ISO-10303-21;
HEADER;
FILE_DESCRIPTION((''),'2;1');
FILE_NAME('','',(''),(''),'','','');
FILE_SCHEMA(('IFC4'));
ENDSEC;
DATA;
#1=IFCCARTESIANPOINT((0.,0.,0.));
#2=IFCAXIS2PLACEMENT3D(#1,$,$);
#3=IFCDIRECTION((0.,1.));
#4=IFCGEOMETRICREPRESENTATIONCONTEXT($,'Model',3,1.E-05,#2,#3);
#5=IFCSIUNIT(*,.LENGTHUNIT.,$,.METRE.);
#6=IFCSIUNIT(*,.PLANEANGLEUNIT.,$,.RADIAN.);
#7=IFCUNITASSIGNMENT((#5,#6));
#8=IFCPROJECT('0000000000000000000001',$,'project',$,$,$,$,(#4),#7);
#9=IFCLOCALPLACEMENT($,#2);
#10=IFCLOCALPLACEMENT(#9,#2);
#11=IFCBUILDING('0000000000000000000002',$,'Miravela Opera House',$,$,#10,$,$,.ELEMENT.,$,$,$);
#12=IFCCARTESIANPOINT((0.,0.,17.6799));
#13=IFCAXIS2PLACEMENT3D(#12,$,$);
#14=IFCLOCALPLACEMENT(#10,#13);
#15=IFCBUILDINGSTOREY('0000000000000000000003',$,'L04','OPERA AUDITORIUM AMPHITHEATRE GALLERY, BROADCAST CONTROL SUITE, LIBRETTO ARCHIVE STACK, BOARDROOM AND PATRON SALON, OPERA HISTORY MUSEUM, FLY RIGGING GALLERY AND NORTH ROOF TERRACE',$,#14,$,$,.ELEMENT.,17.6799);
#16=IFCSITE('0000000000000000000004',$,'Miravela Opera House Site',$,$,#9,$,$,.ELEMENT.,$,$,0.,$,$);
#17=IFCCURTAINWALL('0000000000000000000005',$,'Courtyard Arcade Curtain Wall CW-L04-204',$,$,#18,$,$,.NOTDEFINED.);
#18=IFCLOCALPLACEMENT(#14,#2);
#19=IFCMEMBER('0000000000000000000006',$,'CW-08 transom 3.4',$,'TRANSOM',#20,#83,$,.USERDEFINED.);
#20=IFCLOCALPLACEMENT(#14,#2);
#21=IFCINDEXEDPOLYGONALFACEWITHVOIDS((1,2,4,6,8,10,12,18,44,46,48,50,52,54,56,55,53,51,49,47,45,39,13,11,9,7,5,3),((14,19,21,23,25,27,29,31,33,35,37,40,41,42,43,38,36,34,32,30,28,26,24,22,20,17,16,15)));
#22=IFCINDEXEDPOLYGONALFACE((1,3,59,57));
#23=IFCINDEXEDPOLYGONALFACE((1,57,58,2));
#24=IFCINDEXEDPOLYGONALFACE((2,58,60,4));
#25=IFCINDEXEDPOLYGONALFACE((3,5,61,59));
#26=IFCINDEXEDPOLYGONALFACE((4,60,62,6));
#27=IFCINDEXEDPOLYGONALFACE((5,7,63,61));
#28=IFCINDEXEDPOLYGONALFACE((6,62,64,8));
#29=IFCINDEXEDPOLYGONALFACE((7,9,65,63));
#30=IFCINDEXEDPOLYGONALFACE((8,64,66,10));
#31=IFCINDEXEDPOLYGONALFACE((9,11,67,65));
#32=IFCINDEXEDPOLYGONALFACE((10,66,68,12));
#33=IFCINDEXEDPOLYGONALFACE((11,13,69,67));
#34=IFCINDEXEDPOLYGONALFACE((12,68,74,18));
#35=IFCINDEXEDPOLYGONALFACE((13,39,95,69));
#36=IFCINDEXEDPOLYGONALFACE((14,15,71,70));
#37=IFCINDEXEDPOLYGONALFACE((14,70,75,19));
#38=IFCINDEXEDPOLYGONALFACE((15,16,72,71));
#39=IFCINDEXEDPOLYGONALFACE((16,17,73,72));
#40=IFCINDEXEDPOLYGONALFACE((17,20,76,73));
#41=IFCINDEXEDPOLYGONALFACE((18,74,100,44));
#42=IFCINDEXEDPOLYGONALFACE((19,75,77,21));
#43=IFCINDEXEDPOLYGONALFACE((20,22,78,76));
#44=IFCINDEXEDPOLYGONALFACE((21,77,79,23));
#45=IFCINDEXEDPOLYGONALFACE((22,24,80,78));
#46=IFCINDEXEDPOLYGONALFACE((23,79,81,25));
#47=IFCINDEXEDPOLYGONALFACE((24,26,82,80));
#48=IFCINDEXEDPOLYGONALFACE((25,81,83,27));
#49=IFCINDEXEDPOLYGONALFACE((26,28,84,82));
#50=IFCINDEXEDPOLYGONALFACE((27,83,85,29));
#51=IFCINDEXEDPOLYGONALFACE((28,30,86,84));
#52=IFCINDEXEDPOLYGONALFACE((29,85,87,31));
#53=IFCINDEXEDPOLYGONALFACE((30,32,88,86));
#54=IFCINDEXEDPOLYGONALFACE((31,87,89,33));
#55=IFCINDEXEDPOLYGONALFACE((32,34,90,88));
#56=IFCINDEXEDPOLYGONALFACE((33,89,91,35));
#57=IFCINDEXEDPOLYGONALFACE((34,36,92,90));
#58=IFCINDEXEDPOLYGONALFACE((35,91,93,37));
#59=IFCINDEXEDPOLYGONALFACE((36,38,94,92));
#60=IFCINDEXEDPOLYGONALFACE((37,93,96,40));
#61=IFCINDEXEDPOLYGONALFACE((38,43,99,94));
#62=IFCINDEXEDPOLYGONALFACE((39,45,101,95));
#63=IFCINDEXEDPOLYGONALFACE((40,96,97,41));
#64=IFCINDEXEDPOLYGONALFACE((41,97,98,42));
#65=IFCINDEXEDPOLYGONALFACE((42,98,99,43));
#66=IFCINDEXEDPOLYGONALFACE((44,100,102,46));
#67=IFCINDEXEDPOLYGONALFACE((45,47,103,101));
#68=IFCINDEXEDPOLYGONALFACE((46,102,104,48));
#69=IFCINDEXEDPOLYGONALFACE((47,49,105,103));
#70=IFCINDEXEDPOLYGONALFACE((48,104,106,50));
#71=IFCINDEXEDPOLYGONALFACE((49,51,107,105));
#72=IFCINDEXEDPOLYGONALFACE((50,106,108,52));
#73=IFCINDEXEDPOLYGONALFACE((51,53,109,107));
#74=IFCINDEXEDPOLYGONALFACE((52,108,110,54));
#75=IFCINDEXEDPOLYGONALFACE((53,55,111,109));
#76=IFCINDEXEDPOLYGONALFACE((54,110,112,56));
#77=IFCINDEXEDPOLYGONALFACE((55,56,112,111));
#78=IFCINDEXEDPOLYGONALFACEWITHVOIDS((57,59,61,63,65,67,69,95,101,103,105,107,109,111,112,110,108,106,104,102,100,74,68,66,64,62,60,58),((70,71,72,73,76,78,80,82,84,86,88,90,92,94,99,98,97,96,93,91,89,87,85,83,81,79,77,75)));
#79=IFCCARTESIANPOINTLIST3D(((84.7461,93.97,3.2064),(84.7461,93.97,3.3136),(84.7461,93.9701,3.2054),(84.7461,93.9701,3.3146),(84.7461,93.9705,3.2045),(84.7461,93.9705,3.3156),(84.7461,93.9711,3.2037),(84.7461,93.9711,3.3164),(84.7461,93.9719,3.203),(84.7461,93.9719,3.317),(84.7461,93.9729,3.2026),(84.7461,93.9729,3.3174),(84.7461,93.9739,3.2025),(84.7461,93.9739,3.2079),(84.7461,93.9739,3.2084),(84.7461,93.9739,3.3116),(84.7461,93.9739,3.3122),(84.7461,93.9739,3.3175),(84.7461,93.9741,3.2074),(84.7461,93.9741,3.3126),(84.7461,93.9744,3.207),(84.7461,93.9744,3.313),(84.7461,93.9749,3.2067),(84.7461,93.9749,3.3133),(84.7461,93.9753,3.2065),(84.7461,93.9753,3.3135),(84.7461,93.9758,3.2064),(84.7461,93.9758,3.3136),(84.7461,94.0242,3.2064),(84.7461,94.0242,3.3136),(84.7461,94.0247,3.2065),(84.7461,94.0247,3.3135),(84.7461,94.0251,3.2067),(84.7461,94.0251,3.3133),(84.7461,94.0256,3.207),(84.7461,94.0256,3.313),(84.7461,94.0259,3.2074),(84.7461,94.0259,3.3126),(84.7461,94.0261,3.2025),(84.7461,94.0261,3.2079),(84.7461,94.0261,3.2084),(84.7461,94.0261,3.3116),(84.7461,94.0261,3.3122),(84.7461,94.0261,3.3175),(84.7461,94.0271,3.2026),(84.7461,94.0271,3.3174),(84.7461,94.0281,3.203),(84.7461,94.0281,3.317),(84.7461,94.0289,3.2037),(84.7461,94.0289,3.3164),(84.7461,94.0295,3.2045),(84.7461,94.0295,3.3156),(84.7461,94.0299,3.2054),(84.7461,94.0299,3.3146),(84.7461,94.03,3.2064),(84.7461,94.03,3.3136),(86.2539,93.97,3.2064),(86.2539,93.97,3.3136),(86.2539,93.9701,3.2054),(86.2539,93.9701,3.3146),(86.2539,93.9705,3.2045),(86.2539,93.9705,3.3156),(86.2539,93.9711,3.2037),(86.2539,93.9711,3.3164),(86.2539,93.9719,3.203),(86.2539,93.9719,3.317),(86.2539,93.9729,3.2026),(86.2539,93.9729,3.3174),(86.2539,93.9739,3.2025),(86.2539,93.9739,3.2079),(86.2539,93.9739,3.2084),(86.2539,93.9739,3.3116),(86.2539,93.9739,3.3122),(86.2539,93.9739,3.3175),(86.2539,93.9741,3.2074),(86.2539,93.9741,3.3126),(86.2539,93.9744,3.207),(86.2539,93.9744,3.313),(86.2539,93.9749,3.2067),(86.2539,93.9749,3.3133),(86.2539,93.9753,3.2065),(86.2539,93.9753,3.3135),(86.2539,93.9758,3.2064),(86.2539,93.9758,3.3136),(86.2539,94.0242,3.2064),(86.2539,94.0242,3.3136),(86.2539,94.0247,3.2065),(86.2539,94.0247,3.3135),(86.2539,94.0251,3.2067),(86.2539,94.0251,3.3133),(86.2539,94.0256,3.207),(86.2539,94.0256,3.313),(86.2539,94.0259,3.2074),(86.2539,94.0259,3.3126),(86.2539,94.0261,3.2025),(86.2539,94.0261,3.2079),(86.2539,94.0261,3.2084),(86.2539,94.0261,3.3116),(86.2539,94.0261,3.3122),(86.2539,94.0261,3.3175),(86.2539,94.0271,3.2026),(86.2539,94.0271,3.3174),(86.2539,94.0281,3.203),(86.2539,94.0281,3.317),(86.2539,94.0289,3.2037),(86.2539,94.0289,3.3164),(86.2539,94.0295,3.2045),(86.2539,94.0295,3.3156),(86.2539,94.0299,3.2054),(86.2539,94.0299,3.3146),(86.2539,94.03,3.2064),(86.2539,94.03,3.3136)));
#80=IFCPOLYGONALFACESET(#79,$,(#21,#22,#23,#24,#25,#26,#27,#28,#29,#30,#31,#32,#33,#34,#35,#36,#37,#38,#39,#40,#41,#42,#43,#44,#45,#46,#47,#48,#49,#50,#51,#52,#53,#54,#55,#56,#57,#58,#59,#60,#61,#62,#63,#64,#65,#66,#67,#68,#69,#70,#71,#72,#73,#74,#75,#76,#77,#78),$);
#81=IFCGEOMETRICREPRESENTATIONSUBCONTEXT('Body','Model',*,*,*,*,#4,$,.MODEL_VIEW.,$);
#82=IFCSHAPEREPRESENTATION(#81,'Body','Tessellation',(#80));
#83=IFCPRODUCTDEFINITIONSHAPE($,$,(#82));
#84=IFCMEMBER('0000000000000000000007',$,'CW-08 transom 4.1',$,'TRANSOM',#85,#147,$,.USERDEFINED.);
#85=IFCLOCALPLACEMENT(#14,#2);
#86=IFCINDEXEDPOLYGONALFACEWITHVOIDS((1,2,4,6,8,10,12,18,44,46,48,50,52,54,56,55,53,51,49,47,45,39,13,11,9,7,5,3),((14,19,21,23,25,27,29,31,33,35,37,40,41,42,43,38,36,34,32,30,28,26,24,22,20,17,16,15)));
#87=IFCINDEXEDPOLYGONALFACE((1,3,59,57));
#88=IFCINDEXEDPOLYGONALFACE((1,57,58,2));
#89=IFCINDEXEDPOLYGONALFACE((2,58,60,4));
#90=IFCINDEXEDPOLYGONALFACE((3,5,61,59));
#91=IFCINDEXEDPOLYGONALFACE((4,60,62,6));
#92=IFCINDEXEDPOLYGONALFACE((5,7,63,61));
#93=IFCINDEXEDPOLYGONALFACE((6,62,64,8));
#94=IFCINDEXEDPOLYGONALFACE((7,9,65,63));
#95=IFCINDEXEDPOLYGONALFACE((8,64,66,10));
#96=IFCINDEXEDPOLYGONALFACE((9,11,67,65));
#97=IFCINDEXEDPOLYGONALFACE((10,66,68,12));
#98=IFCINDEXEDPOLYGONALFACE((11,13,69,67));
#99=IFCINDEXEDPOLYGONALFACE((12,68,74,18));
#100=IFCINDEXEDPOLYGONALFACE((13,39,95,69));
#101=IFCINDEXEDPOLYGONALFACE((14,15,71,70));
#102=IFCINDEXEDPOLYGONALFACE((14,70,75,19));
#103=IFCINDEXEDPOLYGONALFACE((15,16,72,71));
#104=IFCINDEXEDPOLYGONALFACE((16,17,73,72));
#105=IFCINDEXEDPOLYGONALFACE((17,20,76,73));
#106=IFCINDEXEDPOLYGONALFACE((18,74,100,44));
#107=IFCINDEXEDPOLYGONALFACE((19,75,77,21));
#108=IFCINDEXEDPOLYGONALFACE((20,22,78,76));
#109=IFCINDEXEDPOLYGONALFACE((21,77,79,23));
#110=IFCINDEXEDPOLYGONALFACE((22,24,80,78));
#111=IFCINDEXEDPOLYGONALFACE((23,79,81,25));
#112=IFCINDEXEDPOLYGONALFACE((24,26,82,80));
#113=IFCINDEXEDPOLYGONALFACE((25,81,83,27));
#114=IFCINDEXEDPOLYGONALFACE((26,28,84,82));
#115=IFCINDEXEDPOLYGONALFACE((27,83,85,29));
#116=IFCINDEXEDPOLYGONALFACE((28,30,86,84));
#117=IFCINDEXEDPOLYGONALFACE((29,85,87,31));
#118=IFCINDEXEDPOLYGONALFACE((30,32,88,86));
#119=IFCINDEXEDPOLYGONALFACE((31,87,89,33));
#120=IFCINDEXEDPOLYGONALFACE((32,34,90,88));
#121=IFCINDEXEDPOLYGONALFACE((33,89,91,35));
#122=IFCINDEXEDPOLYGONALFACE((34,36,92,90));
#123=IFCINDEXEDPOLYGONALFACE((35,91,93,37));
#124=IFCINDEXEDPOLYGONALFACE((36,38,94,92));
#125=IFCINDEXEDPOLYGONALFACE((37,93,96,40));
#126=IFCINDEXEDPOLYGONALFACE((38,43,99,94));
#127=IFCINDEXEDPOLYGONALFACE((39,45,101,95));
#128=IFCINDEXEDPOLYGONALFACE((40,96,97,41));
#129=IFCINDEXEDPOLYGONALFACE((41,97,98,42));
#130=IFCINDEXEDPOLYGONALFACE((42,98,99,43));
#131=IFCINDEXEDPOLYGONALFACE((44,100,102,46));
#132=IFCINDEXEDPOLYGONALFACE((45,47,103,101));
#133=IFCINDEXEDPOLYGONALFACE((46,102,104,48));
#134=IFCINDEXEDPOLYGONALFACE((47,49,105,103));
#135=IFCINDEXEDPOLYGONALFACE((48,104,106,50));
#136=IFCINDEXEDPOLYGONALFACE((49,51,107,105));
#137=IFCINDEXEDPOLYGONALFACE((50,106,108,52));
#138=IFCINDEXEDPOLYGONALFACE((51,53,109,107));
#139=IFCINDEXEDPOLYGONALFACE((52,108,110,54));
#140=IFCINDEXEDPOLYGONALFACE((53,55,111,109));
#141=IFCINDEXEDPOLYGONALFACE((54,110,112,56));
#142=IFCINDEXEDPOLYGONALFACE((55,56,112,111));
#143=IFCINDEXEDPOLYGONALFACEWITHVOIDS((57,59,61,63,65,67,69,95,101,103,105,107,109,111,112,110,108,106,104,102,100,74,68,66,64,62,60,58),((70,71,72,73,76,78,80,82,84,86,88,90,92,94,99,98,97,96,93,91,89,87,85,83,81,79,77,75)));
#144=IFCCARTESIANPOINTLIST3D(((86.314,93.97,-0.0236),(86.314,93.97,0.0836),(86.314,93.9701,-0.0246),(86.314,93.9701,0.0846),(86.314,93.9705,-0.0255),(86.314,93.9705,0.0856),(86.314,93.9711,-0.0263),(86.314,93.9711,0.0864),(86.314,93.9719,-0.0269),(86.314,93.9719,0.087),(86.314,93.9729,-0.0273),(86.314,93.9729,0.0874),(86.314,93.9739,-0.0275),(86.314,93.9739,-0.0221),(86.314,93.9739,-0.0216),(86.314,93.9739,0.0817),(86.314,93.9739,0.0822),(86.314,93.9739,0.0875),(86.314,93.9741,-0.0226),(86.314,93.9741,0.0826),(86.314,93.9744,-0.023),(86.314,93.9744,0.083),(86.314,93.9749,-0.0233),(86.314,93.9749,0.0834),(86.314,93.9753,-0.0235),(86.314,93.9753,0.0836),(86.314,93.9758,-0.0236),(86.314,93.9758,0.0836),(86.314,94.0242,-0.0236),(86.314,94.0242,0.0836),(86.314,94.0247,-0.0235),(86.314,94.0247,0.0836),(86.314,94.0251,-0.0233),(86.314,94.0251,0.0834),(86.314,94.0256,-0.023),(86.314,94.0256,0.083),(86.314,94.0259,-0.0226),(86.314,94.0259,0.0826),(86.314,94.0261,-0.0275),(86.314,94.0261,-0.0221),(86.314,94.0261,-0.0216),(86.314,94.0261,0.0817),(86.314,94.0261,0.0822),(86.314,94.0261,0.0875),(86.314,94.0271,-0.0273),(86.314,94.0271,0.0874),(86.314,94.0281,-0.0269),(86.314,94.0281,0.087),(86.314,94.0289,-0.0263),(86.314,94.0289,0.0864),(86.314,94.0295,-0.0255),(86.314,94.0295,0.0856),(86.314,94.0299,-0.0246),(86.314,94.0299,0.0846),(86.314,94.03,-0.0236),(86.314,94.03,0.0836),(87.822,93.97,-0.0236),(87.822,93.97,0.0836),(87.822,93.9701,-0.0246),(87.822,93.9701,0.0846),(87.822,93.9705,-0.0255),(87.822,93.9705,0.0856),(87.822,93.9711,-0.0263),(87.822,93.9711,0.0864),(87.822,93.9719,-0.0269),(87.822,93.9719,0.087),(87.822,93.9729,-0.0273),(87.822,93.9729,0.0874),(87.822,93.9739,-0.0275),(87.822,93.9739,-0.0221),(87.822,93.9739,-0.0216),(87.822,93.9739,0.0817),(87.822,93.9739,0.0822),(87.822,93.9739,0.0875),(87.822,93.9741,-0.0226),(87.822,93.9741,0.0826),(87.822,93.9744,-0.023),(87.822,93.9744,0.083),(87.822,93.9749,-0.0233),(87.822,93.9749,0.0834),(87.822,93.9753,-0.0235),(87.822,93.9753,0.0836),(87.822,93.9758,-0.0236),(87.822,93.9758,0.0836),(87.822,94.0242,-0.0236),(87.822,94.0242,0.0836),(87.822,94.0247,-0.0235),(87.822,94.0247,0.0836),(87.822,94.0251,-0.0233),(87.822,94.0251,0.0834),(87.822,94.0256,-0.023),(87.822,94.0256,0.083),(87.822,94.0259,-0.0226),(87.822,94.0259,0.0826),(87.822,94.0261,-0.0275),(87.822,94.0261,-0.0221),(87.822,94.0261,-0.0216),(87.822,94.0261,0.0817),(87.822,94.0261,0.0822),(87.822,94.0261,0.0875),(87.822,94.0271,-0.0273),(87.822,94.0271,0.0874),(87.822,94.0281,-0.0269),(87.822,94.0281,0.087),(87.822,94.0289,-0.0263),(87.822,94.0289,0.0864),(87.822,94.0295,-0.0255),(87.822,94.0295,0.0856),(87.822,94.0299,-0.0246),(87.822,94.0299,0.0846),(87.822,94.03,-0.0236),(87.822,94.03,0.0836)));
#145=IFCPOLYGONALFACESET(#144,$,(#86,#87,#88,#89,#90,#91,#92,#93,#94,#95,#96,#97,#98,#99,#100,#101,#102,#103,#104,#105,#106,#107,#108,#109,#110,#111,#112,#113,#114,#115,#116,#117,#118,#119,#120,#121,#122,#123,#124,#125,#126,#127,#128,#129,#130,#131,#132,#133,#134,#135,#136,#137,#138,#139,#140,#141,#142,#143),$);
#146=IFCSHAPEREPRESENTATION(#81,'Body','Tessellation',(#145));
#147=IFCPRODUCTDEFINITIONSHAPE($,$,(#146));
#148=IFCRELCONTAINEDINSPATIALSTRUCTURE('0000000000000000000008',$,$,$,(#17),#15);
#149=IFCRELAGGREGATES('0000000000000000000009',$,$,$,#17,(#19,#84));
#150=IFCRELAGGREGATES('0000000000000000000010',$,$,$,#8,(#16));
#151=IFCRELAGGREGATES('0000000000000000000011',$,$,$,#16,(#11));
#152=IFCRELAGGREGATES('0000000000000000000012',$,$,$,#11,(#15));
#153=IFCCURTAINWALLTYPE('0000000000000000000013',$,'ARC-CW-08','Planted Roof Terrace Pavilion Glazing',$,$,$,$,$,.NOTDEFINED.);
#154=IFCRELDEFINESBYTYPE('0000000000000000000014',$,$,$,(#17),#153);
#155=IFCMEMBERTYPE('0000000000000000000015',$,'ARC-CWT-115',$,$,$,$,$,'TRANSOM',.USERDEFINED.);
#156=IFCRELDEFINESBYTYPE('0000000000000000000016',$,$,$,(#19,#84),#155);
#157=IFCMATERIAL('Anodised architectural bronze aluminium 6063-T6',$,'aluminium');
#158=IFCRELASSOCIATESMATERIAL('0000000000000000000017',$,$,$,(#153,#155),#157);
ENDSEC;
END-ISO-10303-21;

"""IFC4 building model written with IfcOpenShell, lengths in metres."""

from ifc_helpers import new_model, si_unit, direction, frame, origin, origin_2d, place, context, subcontext, project, spatial, hollow_rectangle, extrude, material, material_profile, profile_set, type_object, element, aggregate, save


model = new_model("IFC4")

# Units and contexts
model_context = context("Model", 3, precision=1e-05, world=origin(), true_north=direction((0.0, 1.0)))
body_context = subcontext(model_context, "Body", "Model", "MODEL_VIEW")
ifc_project = project(units=[si_unit("LENGTHUNIT", "METRE"), si_unit("PLANEANGLEUNIT", "RADIAN")], contexts=[model_context])

# Site, building, storey
site_placement = place(None, origin())
site = spatial("IfcSite", under=ifc_project, at=site_placement, Name="Miravela Opera House Site", CompositionType="ELEMENT", RefElevation=0.0)
building_placement = place(site_placement, origin())
building = spatial("IfcBuilding", under=site, at=building_placement, Name="Miravela Opera House", CompositionType="ELEMENT")
storey_placement = place(building_placement, frame((0.0, 0.0, 17.6799)))
storey = spatial("IfcBuildingStorey", under=building, at=storey_placement, Name="L04", Description="OPERA AUDITORIUM AMPHITHEATRE GALLERY, BROADCAST CONTROL SUITE, LIBRETTO ARCHIVE STACK, BOARDROOM AND PATRON SALON, OPERA HISTORY MUSEUM, FLY RIGGING GALLERY AND NORTH ROOF TERRACE", CompositionType="ELEMENT", Elevation=17.6799)

# Curtain wall, members
ifc_material_1 = material(Name="Anodised architectural bronze aluminium 6063-T6", Category="aluminium")
curtain_wall_type = type_object("IfcCurtainWallType", Name="ARC-CW-08", Description="Planted Roof Terrace Pavilion Glazing", PredefinedType="NOTDEFINED", material=ifc_material_1)
curtain_wall_placement = place(storey_placement, origin())
curtain_wall = element("IfcCurtainWall", 1, at=curtain_wall_placement, inside=storey, type_object=curtain_wall_type, Name="Courtyard Arcade Curtain Wall CW-L04-204", PredefinedType="NOTDEFINED")
ifc_material_profile_1 = material_profile(ifc_material_1, hollow_rectangle(XDim=0.0601, YDim=0.115, WallThickness=0.0039, InnerFilletRadius=0.002, OuterFilletRadius=0.0039, at=origin_2d()), Name="CWT-60X115")
ifc_profile_set_1 = profile_set([ifc_material_profile_1])
member_type_1 = type_object("IfcMemberType", Name="ARC-CWT-115", ElementType="TRANSOM", PredefinedType="USERDEFINED", material=ifc_profile_set_1)
member_1_placement = place(storey_placement, frame((84.7461, 94.0, 3.26), z_axis=(1.0, 0.0, 0.0), x_axis=(0.0, 1.0, 0.0)))
member_1 = element("IfcMember", 2, at=member_1_placement, type_object=member_type_1, Name="CW-08 transom 3.4", ObjectType="TRANSOM", PredefinedType="USERDEFINED", context=body_context, shape_type="SweptSolid", body=[
    extrude(hollow_rectangle(XDim=0.0601, YDim=0.115, WallThickness=0.0039, InnerFilletRadius=0.002, OuterFilletRadius=0.0039, at=origin_2d()), origin(), (0.0, 0.0, 1.0), 1.5078),
])
member_2_placement = place(storey_placement, frame((86.314, 94.0, 0.03), z_axis=(1.0, 0.0, 0.0), x_axis=(0.0, 1.0, 0.0)))
member_2 = element("IfcMember", 3, at=member_2_placement, type_object=member_type_1, Name="CW-08 transom 4.1", ObjectType="TRANSOM", PredefinedType="USERDEFINED", context=body_context, shape_type="SweptSolid", body=[
    extrude(hollow_rectangle(XDim=0.0601, YDim=0.115, WallThickness=0.0039, InnerFilletRadius=0.002, OuterFilletRadius=0.0039, at=origin_2d()), origin(), (0.0, 0.0, 1.0), 1.5081),
])

aggregate(curtain_wall, [member_1, member_2])

save(model, "model.ifc")
